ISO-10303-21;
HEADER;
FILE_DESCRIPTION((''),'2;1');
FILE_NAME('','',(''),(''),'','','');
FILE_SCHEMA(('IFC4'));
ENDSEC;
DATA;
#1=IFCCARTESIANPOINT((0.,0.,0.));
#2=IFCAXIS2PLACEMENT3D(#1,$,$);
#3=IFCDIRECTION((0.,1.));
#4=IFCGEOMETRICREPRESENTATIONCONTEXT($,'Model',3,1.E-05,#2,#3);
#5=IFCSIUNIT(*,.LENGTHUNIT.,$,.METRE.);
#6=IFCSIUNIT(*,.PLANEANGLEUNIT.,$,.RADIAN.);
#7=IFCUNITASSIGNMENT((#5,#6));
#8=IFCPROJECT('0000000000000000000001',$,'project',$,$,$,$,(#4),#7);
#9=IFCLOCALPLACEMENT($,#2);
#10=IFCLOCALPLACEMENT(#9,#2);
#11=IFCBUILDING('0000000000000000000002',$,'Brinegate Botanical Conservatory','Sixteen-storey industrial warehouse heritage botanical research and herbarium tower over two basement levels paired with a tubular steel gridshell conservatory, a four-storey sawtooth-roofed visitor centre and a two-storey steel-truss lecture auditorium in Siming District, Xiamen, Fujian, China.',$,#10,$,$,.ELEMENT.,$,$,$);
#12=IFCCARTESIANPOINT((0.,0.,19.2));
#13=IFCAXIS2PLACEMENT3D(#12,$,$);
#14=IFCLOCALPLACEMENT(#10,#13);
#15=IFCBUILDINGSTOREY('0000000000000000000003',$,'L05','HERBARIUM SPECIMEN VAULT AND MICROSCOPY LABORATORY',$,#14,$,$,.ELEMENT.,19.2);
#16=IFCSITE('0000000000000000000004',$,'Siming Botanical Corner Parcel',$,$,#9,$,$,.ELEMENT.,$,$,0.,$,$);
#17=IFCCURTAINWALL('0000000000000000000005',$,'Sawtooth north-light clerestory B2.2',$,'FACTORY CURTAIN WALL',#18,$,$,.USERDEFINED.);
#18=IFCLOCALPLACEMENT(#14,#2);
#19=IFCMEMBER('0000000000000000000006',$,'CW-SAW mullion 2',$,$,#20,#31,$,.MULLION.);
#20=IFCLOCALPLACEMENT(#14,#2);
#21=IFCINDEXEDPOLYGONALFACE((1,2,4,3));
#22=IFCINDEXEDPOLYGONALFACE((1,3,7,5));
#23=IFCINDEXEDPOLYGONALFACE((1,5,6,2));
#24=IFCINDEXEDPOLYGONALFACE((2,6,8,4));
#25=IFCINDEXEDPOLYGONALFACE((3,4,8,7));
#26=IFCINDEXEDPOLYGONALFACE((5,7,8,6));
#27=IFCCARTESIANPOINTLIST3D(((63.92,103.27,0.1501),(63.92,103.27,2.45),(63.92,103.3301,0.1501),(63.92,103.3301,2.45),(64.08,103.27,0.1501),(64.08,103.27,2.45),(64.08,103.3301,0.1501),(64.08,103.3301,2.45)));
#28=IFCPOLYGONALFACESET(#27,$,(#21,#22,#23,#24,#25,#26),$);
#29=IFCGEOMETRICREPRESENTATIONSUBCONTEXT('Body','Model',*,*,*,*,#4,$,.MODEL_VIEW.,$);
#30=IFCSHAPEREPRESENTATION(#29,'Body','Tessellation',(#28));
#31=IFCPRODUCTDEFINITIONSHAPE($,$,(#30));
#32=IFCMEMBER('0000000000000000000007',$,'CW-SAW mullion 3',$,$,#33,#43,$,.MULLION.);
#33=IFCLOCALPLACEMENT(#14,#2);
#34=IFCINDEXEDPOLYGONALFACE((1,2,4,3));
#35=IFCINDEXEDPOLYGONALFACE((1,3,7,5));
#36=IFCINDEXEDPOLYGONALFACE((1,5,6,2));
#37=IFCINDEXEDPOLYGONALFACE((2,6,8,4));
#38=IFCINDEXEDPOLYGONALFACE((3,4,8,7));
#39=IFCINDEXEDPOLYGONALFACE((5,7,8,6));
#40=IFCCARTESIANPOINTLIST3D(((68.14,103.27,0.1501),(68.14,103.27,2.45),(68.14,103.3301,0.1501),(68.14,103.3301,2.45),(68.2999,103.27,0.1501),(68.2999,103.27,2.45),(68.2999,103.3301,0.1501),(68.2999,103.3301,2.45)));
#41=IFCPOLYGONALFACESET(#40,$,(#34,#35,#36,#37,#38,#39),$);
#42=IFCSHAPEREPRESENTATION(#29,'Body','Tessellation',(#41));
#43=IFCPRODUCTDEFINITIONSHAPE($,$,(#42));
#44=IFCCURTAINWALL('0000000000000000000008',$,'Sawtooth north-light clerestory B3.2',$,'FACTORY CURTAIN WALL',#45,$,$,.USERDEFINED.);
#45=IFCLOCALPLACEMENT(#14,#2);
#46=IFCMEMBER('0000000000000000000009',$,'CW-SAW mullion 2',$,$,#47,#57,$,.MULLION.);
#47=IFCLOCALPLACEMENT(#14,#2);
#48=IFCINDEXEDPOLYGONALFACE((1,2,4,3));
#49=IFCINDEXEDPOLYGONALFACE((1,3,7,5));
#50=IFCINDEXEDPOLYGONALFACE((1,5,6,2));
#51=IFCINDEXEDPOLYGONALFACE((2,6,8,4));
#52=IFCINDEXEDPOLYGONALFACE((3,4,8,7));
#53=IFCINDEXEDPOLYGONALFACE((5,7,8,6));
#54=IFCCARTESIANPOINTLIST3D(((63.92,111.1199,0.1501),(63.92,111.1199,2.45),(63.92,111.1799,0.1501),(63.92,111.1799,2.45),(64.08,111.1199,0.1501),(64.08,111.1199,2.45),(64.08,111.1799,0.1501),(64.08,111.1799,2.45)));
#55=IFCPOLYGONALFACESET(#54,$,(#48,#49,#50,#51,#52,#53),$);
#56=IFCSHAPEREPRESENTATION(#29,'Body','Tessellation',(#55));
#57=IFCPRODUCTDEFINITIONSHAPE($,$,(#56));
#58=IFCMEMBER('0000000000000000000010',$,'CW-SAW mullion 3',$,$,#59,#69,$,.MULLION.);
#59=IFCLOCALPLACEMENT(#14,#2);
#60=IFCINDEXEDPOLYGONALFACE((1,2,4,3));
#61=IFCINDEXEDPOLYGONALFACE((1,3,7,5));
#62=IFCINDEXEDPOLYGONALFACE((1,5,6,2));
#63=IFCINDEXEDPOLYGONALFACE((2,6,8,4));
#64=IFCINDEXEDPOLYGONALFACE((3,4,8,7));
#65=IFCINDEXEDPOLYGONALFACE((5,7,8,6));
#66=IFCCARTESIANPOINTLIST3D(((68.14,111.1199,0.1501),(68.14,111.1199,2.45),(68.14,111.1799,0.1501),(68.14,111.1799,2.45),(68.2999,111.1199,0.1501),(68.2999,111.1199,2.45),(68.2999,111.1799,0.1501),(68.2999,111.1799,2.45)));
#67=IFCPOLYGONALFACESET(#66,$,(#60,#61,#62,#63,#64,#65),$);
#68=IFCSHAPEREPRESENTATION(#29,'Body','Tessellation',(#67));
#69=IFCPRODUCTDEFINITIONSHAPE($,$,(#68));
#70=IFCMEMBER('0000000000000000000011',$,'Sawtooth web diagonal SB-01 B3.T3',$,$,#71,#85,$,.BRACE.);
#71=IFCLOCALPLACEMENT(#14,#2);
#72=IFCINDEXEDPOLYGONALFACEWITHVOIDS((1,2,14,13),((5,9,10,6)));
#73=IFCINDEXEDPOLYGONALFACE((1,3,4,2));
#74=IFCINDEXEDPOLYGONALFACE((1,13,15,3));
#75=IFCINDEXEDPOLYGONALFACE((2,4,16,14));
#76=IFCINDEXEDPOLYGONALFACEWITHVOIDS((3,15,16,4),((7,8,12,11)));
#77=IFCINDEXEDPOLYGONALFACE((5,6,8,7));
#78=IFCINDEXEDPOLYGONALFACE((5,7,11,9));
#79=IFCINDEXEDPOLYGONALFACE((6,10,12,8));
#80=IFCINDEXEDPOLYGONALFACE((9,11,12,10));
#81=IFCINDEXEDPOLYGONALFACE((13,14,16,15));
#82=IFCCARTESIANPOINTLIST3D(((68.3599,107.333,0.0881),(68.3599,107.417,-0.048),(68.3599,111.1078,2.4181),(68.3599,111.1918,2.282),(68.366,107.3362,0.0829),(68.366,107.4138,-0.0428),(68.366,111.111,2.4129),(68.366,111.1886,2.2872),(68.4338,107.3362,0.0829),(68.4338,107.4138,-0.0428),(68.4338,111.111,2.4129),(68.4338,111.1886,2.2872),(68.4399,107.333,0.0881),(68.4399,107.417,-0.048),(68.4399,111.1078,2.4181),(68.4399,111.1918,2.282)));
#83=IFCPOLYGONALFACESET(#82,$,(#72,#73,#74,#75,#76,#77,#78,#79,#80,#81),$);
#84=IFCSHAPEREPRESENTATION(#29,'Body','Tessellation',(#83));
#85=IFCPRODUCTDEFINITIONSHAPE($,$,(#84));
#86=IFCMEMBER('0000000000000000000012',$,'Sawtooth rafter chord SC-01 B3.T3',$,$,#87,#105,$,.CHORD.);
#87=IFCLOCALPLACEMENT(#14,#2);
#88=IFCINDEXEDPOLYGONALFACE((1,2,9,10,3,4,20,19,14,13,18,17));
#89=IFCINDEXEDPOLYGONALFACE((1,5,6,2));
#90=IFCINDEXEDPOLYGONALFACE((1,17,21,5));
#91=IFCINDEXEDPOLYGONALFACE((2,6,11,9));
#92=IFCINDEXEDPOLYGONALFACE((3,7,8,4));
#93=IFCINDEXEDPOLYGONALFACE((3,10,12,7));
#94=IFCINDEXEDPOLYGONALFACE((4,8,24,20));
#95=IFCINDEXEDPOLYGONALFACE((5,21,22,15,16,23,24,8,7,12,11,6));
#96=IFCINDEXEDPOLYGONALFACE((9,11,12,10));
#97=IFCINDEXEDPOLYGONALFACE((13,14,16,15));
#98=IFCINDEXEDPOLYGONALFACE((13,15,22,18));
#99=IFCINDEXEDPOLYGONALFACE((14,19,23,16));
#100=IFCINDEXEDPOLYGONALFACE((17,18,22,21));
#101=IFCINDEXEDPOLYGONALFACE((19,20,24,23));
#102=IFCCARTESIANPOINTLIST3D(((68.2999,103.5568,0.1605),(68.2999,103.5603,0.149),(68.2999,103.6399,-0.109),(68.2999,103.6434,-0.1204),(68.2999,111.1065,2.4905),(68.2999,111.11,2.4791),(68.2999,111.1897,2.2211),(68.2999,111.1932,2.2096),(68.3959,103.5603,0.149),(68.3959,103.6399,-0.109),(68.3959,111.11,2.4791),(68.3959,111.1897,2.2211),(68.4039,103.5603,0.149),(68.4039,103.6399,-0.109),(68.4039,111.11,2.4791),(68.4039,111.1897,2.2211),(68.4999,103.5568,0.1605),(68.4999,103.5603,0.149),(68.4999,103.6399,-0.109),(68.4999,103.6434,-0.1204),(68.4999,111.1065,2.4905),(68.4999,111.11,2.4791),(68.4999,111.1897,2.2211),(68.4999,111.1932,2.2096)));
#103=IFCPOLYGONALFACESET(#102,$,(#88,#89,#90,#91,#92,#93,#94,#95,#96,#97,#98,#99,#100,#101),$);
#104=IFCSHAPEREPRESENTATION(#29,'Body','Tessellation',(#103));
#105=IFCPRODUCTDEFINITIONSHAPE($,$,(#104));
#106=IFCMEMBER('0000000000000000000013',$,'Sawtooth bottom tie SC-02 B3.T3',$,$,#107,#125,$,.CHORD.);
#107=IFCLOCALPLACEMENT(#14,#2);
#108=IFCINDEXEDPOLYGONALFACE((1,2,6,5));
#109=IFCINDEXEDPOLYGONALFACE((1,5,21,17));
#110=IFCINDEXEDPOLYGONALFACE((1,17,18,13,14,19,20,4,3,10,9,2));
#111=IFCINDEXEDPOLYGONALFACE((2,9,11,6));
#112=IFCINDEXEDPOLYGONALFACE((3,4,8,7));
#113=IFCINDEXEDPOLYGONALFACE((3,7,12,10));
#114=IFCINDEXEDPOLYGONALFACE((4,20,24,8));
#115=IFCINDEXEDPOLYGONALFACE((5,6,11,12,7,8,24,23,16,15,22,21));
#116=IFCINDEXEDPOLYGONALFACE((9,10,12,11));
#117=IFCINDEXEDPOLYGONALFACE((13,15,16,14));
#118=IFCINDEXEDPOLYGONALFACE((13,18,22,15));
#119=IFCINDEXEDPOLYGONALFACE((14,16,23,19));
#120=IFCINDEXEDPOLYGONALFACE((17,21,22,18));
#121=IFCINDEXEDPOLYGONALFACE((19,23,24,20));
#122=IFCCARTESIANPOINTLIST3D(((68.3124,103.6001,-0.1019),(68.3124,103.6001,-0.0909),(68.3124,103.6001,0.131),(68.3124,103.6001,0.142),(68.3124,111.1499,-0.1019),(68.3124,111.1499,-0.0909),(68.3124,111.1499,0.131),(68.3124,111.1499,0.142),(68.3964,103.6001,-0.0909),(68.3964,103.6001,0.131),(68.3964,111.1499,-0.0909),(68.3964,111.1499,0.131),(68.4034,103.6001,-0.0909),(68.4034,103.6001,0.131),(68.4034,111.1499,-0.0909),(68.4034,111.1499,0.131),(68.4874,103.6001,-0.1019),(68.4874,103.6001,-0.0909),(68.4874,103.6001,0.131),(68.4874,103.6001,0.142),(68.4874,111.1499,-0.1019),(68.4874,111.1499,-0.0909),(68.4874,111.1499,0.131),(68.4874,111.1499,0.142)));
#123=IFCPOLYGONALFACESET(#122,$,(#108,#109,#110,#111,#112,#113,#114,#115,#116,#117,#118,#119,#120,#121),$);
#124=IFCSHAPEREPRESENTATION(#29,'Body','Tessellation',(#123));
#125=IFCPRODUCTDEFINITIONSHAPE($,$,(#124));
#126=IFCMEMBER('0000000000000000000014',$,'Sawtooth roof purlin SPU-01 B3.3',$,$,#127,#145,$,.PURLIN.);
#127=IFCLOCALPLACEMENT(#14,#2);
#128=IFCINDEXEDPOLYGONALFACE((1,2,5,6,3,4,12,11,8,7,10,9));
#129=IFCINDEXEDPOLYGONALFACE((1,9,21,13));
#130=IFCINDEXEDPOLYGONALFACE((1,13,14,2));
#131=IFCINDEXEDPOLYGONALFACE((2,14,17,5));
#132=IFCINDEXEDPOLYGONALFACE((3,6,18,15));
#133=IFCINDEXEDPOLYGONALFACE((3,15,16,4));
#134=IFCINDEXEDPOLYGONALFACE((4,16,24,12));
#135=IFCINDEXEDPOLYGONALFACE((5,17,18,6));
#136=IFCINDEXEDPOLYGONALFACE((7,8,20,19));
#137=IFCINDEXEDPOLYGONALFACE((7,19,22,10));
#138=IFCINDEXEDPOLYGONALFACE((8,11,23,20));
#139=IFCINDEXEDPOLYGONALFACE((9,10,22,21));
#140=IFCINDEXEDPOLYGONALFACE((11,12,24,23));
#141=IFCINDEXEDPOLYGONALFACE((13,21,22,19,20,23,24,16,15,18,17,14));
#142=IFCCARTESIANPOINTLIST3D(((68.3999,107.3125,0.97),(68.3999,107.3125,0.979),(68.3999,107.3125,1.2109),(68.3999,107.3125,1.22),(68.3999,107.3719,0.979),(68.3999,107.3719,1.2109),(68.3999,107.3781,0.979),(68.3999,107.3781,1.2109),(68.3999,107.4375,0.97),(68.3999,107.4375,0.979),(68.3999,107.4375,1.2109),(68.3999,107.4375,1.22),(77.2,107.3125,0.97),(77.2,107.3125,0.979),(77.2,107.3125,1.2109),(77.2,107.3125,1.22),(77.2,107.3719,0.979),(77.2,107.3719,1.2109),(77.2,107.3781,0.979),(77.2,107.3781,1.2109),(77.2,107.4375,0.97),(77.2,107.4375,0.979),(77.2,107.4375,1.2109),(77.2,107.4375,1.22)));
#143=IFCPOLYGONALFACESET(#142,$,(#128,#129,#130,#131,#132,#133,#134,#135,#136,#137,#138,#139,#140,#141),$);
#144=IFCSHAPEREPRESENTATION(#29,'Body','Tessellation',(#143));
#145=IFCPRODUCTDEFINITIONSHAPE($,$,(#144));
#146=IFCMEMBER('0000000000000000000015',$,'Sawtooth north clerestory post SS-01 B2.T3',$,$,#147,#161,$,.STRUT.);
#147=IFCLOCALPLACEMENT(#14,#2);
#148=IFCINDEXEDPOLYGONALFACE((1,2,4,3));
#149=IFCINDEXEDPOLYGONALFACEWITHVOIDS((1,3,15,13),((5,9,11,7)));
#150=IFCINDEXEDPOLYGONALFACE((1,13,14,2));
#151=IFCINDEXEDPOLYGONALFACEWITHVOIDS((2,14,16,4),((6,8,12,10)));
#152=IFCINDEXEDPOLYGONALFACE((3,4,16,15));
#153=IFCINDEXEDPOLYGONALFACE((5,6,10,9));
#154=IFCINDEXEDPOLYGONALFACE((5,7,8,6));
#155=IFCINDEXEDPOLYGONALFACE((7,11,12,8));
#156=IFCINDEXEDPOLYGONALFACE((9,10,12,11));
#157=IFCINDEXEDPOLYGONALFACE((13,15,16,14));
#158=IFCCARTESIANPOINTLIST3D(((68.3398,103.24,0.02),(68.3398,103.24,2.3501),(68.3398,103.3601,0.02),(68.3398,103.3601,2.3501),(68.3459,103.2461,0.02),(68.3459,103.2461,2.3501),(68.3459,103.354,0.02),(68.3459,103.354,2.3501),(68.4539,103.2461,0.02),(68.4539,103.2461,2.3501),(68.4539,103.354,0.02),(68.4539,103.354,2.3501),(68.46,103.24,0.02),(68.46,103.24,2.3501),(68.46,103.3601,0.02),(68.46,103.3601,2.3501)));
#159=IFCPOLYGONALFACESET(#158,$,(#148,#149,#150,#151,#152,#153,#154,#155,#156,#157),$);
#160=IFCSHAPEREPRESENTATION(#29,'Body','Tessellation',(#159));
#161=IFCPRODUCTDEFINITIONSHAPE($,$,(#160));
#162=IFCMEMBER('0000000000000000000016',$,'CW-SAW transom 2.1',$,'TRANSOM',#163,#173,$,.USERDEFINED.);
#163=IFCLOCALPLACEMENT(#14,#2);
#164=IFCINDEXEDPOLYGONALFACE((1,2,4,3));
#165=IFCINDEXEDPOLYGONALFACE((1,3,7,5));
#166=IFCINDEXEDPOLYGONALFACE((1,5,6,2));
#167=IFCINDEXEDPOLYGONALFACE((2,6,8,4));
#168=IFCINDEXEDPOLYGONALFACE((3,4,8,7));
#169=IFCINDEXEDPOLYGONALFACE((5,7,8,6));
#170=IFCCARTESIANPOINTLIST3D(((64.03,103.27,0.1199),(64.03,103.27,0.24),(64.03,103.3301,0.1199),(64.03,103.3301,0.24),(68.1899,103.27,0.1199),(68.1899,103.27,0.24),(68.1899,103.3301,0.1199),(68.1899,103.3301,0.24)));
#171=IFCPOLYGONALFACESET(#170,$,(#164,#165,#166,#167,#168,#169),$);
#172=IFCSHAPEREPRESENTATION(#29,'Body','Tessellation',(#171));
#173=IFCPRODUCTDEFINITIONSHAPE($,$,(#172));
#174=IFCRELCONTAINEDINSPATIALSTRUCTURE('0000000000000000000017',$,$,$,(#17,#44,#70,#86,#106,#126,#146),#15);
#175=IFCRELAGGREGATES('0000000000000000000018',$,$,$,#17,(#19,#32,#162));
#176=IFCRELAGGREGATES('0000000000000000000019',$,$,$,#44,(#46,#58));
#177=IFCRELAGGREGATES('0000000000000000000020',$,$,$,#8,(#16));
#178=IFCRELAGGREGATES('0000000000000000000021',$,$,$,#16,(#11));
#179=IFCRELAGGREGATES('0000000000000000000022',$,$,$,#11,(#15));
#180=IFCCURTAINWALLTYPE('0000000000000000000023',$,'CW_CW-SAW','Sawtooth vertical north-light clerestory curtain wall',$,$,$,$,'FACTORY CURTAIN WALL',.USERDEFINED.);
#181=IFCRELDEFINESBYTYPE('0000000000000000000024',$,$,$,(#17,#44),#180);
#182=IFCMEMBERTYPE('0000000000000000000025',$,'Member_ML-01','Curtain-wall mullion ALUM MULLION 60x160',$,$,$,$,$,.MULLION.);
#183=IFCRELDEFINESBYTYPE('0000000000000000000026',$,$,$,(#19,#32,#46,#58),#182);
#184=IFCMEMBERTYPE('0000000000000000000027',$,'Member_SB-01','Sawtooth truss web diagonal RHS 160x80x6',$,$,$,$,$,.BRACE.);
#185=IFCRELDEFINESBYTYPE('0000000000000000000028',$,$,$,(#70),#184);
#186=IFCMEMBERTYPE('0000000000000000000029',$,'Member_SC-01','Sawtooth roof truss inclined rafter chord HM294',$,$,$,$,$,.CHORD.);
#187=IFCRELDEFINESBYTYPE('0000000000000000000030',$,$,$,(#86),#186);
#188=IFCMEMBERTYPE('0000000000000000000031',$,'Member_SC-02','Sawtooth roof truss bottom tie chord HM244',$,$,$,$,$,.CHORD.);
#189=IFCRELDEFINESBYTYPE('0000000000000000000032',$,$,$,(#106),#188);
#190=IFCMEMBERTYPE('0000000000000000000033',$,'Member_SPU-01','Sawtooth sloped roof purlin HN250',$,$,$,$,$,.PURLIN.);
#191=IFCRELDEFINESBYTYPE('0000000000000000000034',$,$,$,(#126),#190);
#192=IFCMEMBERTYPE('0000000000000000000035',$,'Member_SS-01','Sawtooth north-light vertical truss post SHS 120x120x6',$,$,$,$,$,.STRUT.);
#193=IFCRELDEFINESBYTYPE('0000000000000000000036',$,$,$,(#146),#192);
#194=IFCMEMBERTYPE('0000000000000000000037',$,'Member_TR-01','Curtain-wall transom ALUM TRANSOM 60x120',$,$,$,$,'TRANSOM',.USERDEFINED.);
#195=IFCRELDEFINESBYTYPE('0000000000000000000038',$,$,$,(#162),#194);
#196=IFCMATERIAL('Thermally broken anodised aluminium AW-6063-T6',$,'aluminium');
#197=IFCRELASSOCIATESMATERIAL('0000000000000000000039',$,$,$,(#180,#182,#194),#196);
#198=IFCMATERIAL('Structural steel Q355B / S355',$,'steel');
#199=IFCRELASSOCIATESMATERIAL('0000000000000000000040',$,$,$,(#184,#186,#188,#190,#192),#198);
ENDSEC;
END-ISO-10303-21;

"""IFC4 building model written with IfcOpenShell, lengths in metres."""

from ifc_helpers import new_model, si_unit, direction, frame, origin, origin_2d, place, context, subcontext, project, spatial, rectangle, hollow_rectangle, i_section, extrude, material, material_profile, profile_set, type_object, element, aggregate, save


model = new_model("IFC4")

# Units and contexts
model_context = context("Model", 3, precision=1e-05, world=origin(), true_north=direction((0.0, 1.0)))
body_context = subcontext(model_context, "Body", "Model", "MODEL_VIEW")
ifc_project = project(units=[si_unit("LENGTHUNIT", "METRE"), si_unit("PLANEANGLEUNIT", "RADIAN")], contexts=[model_context])

# Site, building, storey
site_placement = place(None, origin())
site = spatial("IfcSite", under=ifc_project, at=site_placement, Name="Siming Botanical Corner Parcel", CompositionType="ELEMENT", RefElevation=0.0)
building_placement = place(site_placement, origin())
building = spatial("IfcBuilding", under=site, at=building_placement, Name="Brinegate Botanical Conservatory", Description="Sixteen-storey industrial warehouse heritage botanical research and herbarium tower over two basement levels paired with a tubular steel gridshell conservatory, a four-storey sawtooth-roofed visitor centre and a two-storey steel-truss lecture auditorium in Siming District, Xiamen, Fujian, China.", CompositionType="ELEMENT")
storey_placement = place(building_placement, frame((0.0, 0.0, 19.2)))
storey = spatial("IfcBuildingStorey", under=building, at=storey_placement, Name="L05", Description="HERBARIUM SPECIMEN VAULT AND MICROSCOPY LABORATORY", CompositionType="ELEMENT", Elevation=19.2)

# Curtain walls, members
ifc_material_1 = material(Name="Thermally broken anodised aluminium AW-6063-T6", Category="aluminium")
curtain_wall_type = type_object("IfcCurtainWallType", Name="CW_CW-SAW", Description="Sawtooth vertical north-light clerestory curtain wall", ElementType="FACTORY CURTAIN WALL", PredefinedType="USERDEFINED", material=ifc_material_1)
curtain_wall_1_placement = place(storey_placement, origin())
curtain_wall_1 = element("IfcCurtainWall", 1, at=curtain_wall_1_placement, inside=storey, type_object=curtain_wall_type, Name="Sawtooth north-light clerestory B2.2", ObjectType="FACTORY CURTAIN WALL", PredefinedType="USERDEFINED")
ifc_material_profile_1 = material_profile(ifc_material_1, rectangle(XDim=0.0601, YDim=0.1599, at=origin_2d()), Name="ALUM MULLION 60x160")
ifc_profile_set_1 = profile_set([ifc_material_profile_1], Name="Thermally broken anodised aluminium AW-6063-T6")
member_type_1 = type_object("IfcMemberType", Name="Member_ML-01", Description="Curtain-wall mullion ALUM MULLION 60x160", PredefinedType="MULLION", material=ifc_profile_set_1)
member_1_placement = place(storey_placement, frame((64.0, 103.3, 0.1501), z_axis=(0.0, 0.0, 1.0), x_axis=(0.0, 1.0, 0.0)))
member_1 = element("IfcMember", 2, at=member_1_placement, type_object=member_type_1, Name="CW-SAW mullion 2", PredefinedType="MULLION", context=body_context, shape_type="SweptSolid", body=[
    extrude(rectangle(XDim=0.0601, YDim=0.1599, at=origin_2d()), origin(), (0.0, 0.0, 1.0), 2.2998),
])
member_2_placement = place(storey_placement, frame((68.22, 103.3, 0.1501), z_axis=(0.0, 0.0, 1.0), x_axis=(0.0, 1.0, 0.0)))
member_2 = element("IfcMember", 3, at=member_2_placement, type_object=member_type_1, Name="CW-SAW mullion 3", PredefinedType="MULLION", context=body_context, shape_type="SweptSolid", body=[
    extrude(rectangle(XDim=0.0601, YDim=0.1599, at=origin_2d()), origin(), (0.0, 0.0, 1.0), 2.2998),
])
curtain_wall_2_placement = place(storey_placement, origin())
curtain_wall_2 = element("IfcCurtainWall", 4, at=curtain_wall_2_placement, inside=storey, type_object=curtain_wall_type, Name="Sawtooth north-light clerestory B3.2", ObjectType="FACTORY CURTAIN WALL", PredefinedType="USERDEFINED")
member_3_placement = place(storey_placement, frame((64.0, 111.1499, 0.1501), z_axis=(0.0, 0.0, 1.0), x_axis=(0.0, 1.0, 0.0)))
member_3 = element("IfcMember", 5, at=member_3_placement, type_object=member_type_1, Name="CW-SAW mullion 2", PredefinedType="MULLION", context=body_context, shape_type="SweptSolid", body=[
    extrude(rectangle(XDim=0.0601, YDim=0.1599, at=origin_2d()), origin(), (0.0, 0.0, 1.0), 2.2998),
])
member_4_placement = place(storey_placement, frame((68.22, 111.1499, 0.1501), z_axis=(0.0, 0.0, 1.0), x_axis=(0.0, 1.0, 0.0)))
member_4 = element("IfcMember", 6, at=member_4_placement, type_object=member_type_1, Name="CW-SAW mullion 3", PredefinedType="MULLION", context=body_context, shape_type="SweptSolid", body=[
    extrude(rectangle(XDim=0.0601, YDim=0.1599, at=origin_2d()), origin(), (0.0, 0.0, 1.0), 2.2998),
])

# Members
ifc_material_2 = material(Name="Structural steel Q355B / S355", Category="steel")
ifc_material_profile_2 = material_profile(ifc_material_2, hollow_rectangle(XDim=0.0801, YDim=0.1599, WallThickness=0.0061, at=origin_2d()), Name="RHS 160x80x6")
ifc_profile_set_2 = profile_set([ifc_material_profile_2], Name="Structural steel Q355B / S355")
member_type_2 = type_object("IfcMemberType", Name="Member_SB-01", Description="Sawtooth truss web diagonal RHS 160x80x6", PredefinedType="BRACE", material=ifc_profile_set_2)
member_5_placement = place(storey_placement, frame((68.3999, 107.375, 0.02), z_axis=(0.0, 0.850947, 0.525251), x_axis=(-1.0, 0.0, 0.0)))
element("IfcMember", 7, at=member_5_placement, inside=storey, type_object=member_type_2, Name="Sawtooth web diagonal SB-01 B3.T3", PredefinedType="BRACE", context=body_context, shape_type="SweptSolid", body=[
    extrude(hollow_rectangle(XDim=0.0801, YDim=0.1599, WallThickness=0.0061, at=origin_2d()), origin(), (0.0, 0.0, 1.0), 4.436),
])
ifc_material_profile_3 = material_profile(ifc_material_2, i_section(OverallWidth=0.2, OverallDepth=0.2939, WebThickness=0.0081, FlangeThickness=0.012, at=origin_2d()), Name="HM 294x200x8x12")
ifc_profile_set_3 = profile_set([ifc_material_profile_3], Name="Structural steel Q355B / S355")
member_type_3 = type_object("IfcMemberType", Name="Member_SC-01", Description="Sawtooth roof truss inclined rafter chord HM294", PredefinedType="CHORD", material=ifc_profile_set_3)
member_6_placement = place(storey_placement, frame((68.3999, 103.6001, 0.02), z_axis=(0.0, 0.955527, 0.294902), x_axis=(-1.0, 0.0, 0.0)))
element("IfcMember", 8, at=member_6_placement, inside=storey, type_object=member_type_3, Name="Sawtooth rafter chord SC-01 B3.T3", PredefinedType="CHORD", context=body_context, shape_type="SweptSolid", body=[
    extrude(i_section(OverallWidth=0.2, OverallDepth=0.2939, WebThickness=0.0081, FlangeThickness=0.012, at=origin_2d()), origin(), (0.0, 0.0, 1.0), 7.9011),
])
ifc_material_profile_4 = material_profile(ifc_material_2, i_section(OverallWidth=0.175, OverallDepth=0.2439, WebThickness=0.0071, FlangeThickness=0.011, at=origin_2d()), Name="HM 244x175x7x11")
ifc_profile_set_4 = profile_set([ifc_material_profile_4], Name="Structural steel Q355B / S355")
member_type_4 = type_object("IfcMemberType", Name="Member_SC-02", Description="Sawtooth roof truss bottom tie chord HM244", PredefinedType="CHORD", material=ifc_profile_set_4)
member_7_placement = place(storey_placement, frame((68.3999, 103.6001, 0.02), z_axis=(0.0, 1.0, 0.0), x_axis=(-1.0, 0.0, 0.0)))
element("IfcMember", 9, at=member_7_placement, inside=storey, type_object=member_type_4, Name="Sawtooth bottom tie SC-02 B3.T3", PredefinedType="CHORD", context=body_context, shape_type="SweptSolid", body=[
    extrude(i_section(OverallWidth=0.175, OverallDepth=0.2439, WebThickness=0.0071, FlangeThickness=0.011, at=origin_2d()), origin(), (0.0, 0.0, 1.0), 7.5498),
])
ifc_material_profile_5 = material_profile(ifc_material_2, i_section(OverallWidth=0.125, OverallDepth=0.25, WebThickness=0.0061, FlangeThickness=0.009, at=origin_2d()), Name="HN 250x125x6x9")
ifc_profile_set_5 = profile_set([ifc_material_profile_5], Name="Structural steel Q355B / S355")
member_type_5 = type_object("IfcMemberType", Name="Member_SPU-01", Description="Sawtooth sloped roof purlin HN250", PredefinedType="PURLIN", material=ifc_profile_set_5)
member_8_placement = place(storey_placement, frame((68.3999, 107.375, 1.095), z_axis=(1.0, 0.0, 0.0), x_axis=(0.0, 1.0, 0.0)))
element("IfcMember", 10, at=member_8_placement, inside=storey, type_object=member_type_5, Name="Sawtooth roof purlin SPU-01 B3.3", PredefinedType="PURLIN", context=body_context, shape_type="SweptSolid", body=[
    extrude(i_section(OverallWidth=0.125, OverallDepth=0.25, WebThickness=0.0061, FlangeThickness=0.009, at=origin_2d()), origin(), (0.0, 0.0, 1.0), 8.8),
])
ifc_material_profile_6 = material_profile(ifc_material_2, hollow_rectangle(XDim=0.1201, YDim=0.1201, WallThickness=0.0061, at=origin_2d()), Name="SHS 120x120x6")
ifc_profile_set_6 = profile_set([ifc_material_profile_6], Name="Structural steel Q355B / S355")
member_type_6 = type_object("IfcMemberType", Name="Member_SS-01", Description="Sawtooth north-light vertical truss post SHS 120x120x6", PredefinedType="STRUT", material=ifc_profile_set_6)
member_9_placement = place(storey_placement, frame((68.3999, 103.3, 0.02), z_axis=(0.0, 0.0, 1.0), x_axis=(1.0, 0.0, 0.0)))
element("IfcMember", 11, at=member_9_placement, inside=storey, type_object=member_type_6, Name="Sawtooth north clerestory post SS-01 B2.T3", PredefinedType="STRUT", context=body_context, shape_type="SweptSolid", body=[
    extrude(hollow_rectangle(XDim=0.1201, YDim=0.1201, WallThickness=0.0061, at=origin_2d()), origin(), (0.0, 0.0, 1.0), 2.3301),
])

# Member
ifc_material_profile_7 = material_profile(ifc_material_1, rectangle(XDim=0.0601, YDim=0.1201, at=origin_2d()), Name="ALUM TRANSOM 60x120")
ifc_profile_set_7 = profile_set([ifc_material_profile_7], Name="Thermally broken anodised aluminium AW-6063-T6")
member_type_7 = type_object("IfcMemberType", Name="Member_TR-01", Description="Curtain-wall transom ALUM TRANSOM 60x120", ElementType="TRANSOM", PredefinedType="USERDEFINED", material=ifc_profile_set_7)
member_10_placement = place(storey_placement, frame((64.03, 103.3, 0.1799), z_axis=(1.0, 0.0, 0.0), x_axis=(0.0, 1.0, 0.0)))
member_10 = element("IfcMember", 12, at=member_10_placement, type_object=member_type_7, Name="CW-SAW transom 2.1", ObjectType="TRANSOM", PredefinedType="USERDEFINED", context=body_context, shape_type="SweptSolid", body=[
    extrude(rectangle(XDim=0.0601, YDim=0.1201, at=origin_2d()), origin(), (0.0, 0.0, 1.0), 4.1599),
])

aggregate(curtain_wall_1, [member_1, member_2, member_10])
aggregate(curtain_wall_2, [member_3, member_4])

save(model, "model.ifc")
